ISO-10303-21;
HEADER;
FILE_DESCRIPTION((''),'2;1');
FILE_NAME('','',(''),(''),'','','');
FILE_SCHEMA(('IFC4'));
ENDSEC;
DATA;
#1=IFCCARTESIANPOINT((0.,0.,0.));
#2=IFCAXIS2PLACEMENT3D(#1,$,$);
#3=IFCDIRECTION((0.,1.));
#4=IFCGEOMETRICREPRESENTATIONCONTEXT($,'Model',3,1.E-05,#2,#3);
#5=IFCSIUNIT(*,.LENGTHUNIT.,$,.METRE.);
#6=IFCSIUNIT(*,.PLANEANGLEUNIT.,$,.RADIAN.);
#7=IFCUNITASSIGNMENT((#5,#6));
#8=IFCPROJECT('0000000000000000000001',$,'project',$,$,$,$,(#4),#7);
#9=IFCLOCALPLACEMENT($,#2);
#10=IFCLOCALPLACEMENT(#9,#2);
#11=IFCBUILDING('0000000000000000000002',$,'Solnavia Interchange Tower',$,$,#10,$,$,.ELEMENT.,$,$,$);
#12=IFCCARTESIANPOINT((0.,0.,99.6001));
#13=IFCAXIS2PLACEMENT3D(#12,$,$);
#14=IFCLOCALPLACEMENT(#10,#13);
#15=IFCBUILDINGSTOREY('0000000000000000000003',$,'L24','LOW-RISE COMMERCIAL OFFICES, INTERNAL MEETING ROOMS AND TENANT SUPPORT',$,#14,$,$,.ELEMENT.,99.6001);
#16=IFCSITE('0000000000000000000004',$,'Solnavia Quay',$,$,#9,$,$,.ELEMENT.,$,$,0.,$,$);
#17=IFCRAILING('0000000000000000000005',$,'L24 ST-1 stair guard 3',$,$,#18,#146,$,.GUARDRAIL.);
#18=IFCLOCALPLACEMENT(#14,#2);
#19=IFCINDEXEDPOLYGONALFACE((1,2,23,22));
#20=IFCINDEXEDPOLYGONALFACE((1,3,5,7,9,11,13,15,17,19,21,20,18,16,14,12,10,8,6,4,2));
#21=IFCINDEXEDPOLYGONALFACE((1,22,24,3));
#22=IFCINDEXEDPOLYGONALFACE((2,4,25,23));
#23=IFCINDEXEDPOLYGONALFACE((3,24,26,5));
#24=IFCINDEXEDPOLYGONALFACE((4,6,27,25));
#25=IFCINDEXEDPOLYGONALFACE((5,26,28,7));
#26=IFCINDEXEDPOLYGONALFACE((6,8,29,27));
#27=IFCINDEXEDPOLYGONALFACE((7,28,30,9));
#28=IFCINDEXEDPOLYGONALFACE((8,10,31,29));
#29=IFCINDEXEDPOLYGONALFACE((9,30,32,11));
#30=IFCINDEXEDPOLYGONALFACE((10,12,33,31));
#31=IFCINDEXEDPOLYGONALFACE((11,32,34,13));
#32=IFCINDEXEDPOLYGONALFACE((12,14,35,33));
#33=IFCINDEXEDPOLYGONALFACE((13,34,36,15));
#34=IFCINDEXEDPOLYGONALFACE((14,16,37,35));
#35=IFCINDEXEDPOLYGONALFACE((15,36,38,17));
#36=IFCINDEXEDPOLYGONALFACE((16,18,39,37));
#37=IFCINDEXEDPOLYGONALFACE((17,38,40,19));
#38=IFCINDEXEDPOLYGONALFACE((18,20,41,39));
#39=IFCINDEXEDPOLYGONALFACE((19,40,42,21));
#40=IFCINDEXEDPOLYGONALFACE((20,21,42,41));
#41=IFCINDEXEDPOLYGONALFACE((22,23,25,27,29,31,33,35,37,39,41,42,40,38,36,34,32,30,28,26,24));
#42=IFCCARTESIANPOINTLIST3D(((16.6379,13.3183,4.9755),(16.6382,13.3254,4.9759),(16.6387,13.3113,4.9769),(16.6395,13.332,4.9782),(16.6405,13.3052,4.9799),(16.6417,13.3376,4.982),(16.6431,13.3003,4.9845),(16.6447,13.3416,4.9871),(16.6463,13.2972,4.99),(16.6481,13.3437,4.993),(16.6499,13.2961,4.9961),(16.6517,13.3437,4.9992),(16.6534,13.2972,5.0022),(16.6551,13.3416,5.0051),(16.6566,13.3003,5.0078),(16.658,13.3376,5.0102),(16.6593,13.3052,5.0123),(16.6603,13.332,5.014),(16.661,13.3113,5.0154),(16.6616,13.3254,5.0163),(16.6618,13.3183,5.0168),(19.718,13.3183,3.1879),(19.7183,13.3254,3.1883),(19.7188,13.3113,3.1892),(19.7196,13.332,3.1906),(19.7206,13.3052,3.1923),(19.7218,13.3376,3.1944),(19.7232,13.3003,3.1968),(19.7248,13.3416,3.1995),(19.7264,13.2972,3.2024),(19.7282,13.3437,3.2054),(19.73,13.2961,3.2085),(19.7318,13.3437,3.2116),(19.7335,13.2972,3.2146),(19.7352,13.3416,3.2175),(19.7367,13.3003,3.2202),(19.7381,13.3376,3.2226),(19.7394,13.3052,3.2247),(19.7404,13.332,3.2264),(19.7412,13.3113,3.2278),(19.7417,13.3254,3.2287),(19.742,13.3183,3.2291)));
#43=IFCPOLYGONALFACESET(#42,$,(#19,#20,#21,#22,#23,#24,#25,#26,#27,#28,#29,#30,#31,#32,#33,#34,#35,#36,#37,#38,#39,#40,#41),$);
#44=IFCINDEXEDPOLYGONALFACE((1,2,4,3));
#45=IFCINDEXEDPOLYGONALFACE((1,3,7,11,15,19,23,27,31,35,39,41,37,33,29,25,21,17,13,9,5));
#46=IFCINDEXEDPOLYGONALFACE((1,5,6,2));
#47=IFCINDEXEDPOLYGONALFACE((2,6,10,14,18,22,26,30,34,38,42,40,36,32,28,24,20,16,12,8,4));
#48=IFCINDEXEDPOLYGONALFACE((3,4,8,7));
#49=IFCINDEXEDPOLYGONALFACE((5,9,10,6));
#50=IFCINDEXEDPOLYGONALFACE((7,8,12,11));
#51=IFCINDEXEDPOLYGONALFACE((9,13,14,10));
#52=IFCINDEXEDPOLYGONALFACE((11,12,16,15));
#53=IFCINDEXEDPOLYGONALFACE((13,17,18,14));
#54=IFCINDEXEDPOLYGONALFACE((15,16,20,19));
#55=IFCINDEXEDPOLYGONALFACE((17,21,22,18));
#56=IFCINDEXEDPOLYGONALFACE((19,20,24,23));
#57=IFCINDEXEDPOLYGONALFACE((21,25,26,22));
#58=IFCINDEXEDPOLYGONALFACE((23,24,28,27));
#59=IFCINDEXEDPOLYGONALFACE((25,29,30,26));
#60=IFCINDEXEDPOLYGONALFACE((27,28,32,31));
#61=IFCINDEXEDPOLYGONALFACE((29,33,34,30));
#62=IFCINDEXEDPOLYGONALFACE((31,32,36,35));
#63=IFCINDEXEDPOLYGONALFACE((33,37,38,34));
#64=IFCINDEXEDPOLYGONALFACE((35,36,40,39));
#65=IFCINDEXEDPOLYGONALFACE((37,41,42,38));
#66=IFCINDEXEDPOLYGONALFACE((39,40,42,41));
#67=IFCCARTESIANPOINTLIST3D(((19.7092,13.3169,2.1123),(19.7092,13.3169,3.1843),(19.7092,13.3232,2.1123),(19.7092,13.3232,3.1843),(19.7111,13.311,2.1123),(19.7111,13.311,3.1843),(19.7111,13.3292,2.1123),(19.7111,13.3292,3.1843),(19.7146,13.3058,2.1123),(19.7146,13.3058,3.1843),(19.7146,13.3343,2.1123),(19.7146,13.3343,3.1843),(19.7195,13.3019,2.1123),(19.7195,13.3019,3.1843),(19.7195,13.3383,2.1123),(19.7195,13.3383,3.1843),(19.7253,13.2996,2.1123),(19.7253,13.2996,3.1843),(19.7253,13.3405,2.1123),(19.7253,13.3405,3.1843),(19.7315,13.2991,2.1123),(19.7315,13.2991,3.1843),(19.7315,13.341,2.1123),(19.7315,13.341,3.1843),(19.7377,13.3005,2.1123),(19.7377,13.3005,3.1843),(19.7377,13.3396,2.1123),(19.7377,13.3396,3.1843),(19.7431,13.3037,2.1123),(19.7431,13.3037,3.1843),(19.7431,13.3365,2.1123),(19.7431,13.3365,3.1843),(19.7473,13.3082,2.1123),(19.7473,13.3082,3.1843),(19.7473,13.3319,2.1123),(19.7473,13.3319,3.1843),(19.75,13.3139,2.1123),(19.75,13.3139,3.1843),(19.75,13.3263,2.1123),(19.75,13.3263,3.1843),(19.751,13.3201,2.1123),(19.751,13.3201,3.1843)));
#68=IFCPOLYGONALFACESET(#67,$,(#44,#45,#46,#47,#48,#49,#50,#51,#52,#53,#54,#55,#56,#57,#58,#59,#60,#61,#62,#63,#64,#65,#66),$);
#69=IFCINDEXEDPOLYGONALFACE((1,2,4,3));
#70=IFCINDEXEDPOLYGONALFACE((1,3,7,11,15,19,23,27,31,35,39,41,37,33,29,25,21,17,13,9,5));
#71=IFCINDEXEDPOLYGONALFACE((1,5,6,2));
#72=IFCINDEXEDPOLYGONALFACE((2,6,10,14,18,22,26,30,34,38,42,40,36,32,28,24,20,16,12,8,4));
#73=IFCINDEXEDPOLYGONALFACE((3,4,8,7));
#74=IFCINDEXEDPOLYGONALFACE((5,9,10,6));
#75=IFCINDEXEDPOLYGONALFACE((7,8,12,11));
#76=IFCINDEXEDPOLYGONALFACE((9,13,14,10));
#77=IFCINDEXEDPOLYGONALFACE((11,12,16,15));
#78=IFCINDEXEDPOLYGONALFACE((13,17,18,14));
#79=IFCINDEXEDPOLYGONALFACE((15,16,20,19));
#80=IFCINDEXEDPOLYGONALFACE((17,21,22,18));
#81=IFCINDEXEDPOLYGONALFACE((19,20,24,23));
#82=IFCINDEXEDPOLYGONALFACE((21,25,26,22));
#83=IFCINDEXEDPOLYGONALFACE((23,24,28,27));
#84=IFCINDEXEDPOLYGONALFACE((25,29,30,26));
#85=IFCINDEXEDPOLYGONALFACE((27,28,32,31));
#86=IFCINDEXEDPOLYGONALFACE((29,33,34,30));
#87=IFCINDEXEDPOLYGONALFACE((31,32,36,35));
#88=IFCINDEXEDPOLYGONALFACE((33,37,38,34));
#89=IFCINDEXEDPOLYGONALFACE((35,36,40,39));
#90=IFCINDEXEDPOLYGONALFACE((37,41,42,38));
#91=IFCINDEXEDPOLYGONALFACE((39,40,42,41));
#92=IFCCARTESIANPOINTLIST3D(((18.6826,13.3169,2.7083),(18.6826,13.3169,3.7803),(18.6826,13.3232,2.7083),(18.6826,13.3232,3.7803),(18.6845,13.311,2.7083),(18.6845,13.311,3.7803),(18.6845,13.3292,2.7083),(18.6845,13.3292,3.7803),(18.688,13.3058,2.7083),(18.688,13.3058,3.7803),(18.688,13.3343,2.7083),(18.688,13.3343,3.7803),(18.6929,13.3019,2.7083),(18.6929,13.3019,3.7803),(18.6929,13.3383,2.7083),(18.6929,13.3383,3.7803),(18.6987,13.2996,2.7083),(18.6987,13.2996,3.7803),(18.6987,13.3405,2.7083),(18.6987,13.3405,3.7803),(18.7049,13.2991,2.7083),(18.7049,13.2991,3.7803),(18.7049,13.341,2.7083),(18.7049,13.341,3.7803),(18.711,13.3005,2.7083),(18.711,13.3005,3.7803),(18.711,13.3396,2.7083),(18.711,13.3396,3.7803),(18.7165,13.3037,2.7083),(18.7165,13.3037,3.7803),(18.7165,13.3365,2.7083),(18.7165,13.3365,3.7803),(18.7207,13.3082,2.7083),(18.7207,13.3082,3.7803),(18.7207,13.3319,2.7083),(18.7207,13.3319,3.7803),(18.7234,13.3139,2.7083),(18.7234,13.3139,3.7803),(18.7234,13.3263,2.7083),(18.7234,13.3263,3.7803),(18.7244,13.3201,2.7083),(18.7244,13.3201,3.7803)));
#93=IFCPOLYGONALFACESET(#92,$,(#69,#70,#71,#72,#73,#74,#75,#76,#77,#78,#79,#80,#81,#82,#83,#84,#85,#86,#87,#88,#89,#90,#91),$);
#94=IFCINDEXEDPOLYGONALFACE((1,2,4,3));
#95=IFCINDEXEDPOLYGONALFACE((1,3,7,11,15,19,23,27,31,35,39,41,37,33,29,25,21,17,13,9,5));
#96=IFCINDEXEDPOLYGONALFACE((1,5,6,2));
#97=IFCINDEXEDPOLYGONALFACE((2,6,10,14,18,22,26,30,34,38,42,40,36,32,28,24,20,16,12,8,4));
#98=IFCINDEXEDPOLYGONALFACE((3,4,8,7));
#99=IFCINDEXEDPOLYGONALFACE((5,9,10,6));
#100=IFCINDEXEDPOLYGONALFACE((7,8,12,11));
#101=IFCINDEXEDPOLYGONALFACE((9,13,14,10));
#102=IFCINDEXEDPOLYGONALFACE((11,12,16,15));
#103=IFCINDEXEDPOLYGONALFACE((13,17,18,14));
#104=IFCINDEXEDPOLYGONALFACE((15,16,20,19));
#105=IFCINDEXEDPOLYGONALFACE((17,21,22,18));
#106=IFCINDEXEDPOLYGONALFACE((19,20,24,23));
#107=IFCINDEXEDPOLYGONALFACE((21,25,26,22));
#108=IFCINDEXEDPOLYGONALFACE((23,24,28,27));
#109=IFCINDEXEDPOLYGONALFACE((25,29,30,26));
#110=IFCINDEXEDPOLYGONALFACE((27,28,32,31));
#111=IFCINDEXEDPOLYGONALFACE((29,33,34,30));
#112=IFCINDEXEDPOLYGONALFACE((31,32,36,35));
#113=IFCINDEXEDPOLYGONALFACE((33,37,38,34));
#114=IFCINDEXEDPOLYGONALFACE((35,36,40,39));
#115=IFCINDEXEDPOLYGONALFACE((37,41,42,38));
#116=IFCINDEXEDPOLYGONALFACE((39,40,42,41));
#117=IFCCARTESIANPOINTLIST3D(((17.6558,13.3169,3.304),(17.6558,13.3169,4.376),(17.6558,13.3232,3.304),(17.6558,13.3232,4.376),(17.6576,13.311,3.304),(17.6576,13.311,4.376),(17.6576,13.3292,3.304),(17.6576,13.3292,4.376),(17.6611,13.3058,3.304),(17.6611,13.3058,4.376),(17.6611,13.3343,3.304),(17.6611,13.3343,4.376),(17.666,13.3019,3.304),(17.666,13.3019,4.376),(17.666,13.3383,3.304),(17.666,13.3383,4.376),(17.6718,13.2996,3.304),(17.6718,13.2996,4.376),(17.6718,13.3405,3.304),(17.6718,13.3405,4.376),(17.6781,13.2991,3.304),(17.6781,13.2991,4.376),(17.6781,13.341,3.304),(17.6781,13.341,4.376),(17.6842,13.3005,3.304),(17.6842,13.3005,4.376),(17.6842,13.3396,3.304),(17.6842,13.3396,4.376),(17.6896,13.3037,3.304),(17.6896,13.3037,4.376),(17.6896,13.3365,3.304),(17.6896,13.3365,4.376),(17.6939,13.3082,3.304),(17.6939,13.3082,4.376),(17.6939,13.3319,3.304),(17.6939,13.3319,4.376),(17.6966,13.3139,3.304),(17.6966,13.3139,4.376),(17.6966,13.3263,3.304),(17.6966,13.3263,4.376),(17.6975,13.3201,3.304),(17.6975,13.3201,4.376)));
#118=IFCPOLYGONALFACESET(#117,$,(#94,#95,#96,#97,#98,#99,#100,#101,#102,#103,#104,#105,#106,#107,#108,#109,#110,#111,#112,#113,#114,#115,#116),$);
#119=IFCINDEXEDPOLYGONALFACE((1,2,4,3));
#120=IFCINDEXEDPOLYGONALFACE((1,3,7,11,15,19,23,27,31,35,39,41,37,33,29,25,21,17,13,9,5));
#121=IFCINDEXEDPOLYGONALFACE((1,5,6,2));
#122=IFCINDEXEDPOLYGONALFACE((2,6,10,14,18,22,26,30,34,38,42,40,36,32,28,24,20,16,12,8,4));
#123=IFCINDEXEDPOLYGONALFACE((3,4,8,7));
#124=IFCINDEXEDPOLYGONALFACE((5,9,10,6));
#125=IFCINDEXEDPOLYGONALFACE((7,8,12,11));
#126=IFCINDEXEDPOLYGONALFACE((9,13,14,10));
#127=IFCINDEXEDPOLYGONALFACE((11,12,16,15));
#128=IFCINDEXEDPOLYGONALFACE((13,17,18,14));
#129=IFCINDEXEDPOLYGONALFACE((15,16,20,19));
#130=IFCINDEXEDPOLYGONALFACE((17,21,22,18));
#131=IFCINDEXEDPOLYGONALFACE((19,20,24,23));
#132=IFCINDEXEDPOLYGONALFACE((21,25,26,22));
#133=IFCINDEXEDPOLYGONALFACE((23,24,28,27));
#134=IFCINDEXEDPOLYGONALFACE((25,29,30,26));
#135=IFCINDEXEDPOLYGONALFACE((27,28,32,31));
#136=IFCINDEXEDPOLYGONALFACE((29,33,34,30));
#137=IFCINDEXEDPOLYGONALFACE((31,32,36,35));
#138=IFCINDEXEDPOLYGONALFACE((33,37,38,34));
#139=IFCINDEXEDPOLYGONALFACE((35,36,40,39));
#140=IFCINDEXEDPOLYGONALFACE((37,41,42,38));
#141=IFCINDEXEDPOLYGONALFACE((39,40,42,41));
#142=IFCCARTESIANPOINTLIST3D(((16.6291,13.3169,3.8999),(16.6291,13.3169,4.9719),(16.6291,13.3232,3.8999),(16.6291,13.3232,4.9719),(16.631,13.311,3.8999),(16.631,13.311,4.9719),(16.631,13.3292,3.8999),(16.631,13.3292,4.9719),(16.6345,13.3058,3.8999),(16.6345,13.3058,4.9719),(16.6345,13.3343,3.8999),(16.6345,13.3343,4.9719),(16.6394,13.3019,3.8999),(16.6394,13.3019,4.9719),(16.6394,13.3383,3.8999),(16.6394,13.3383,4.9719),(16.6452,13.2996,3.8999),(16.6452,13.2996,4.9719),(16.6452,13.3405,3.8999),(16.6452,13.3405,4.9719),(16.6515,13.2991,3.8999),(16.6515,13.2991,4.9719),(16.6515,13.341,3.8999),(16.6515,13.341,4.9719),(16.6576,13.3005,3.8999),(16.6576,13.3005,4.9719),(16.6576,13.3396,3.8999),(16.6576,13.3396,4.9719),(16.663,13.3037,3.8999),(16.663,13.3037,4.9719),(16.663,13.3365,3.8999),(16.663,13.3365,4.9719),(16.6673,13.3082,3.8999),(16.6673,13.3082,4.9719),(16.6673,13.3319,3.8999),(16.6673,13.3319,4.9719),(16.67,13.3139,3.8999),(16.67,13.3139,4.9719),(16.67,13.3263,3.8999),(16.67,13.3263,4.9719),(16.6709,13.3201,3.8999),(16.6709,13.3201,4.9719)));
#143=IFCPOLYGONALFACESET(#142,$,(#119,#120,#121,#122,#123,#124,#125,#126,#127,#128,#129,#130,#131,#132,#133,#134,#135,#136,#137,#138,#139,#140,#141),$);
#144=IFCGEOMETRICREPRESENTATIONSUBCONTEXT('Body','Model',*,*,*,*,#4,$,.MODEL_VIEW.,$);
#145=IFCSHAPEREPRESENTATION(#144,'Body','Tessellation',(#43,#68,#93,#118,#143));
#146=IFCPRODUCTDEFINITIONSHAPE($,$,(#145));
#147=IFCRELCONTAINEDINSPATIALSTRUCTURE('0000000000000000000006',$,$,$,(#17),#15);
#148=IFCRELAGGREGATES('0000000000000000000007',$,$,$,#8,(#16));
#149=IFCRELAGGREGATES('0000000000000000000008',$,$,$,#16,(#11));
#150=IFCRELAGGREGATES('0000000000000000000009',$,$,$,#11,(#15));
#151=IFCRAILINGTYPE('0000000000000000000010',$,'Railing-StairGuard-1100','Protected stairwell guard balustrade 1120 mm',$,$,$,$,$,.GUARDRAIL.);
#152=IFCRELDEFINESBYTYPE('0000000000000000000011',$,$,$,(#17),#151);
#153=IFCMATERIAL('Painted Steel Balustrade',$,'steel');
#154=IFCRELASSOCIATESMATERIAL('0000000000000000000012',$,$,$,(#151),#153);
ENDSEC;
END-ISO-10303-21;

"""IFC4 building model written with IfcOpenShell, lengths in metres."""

from ifc_helpers import new_model, si_unit, direction, frame, origin, origin_2d, place, context, subcontext, project, spatial, circle, extrude, material, type_object, element, save


model = new_model("IFC4")

# Units and contexts
model_context = context("Model", 3, precision=1e-05, world=origin(), true_north=direction((0.0, 1.0)))
body_context = subcontext(model_context, "Body", "Model", "MODEL_VIEW")
ifc_project = project(units=[si_unit("LENGTHUNIT", "METRE"), si_unit("PLANEANGLEUNIT", "RADIAN")], contexts=[model_context])

# Site, building, storey
site_placement = place(None, origin())
site = spatial("IfcSite", under=ifc_project, at=site_placement, Name="Solnavia Quay", CompositionType="ELEMENT", RefElevation=0.0)
building_placement = place(site_placement, origin())
building = spatial("IfcBuilding", under=site, at=building_placement, Name="Solnavia Interchange Tower", CompositionType="ELEMENT")
storey_placement = place(building_placement, frame((0.0, 0.0, 99.6001)))
storey = spatial("IfcBuildingStorey", under=building, at=storey_placement, Name="L24", Description="LOW-RISE COMMERCIAL OFFICES, INTERNAL MEETING ROOMS AND TENANT SUPPORT", CompositionType="ELEMENT", Elevation=99.6001)

# Railing
ifc_material_1 = material(Name="Painted Steel Balustrade", Category="steel")
railing_type_1 = type_object("IfcRailingType", Name="Railing-StairGuard-1100", Description="Protected stairwell guard balustrade 1120 mm", PredefinedType="GUARDRAIL", material=ifc_material_1)
railing_1_placement = place(storey_placement, frame((19.73, 13.3201, 2.1123)))
element("IfcRailing", 1, at=railing_1_placement, inside=storey, type_object=railing_type_1, Name="L24 ST-1 stair guard 3", PredefinedType="GUARDRAIL", context=body_context, shape_type="SweptSolid", body=[
    extrude(circle(Radius=0.0239, at=origin_2d()), frame((0.0, 0.0, 1.0962), z_axis=(-0.864891, 0.0, 0.50196), x_axis=(0.0, -1.0, 0.0)), (0.0, 0.0, 1.0), 3.5613),
    extrude(circle(Radius=0.021, at=origin_2d()), origin(), (0.0, 0.0, 1.0), 1.072),
    extrude(circle(Radius=0.021, at=origin_2d()), frame((-1.0266, 0.0, 0.5959)), (0.0, 0.0, 1.0), 1.072),
    extrude(circle(Radius=0.021, at=origin_2d()), frame((-2.0535, 0.0, 1.1917)), (0.0, 0.0, 1.0), 1.072),
    extrude(circle(Radius=0.021, at=origin_2d()), frame((-3.0801, 0.0, 1.7876)), (0.0, 0.0, 1.0), 1.072),
])

save(model, "model.ifc")
